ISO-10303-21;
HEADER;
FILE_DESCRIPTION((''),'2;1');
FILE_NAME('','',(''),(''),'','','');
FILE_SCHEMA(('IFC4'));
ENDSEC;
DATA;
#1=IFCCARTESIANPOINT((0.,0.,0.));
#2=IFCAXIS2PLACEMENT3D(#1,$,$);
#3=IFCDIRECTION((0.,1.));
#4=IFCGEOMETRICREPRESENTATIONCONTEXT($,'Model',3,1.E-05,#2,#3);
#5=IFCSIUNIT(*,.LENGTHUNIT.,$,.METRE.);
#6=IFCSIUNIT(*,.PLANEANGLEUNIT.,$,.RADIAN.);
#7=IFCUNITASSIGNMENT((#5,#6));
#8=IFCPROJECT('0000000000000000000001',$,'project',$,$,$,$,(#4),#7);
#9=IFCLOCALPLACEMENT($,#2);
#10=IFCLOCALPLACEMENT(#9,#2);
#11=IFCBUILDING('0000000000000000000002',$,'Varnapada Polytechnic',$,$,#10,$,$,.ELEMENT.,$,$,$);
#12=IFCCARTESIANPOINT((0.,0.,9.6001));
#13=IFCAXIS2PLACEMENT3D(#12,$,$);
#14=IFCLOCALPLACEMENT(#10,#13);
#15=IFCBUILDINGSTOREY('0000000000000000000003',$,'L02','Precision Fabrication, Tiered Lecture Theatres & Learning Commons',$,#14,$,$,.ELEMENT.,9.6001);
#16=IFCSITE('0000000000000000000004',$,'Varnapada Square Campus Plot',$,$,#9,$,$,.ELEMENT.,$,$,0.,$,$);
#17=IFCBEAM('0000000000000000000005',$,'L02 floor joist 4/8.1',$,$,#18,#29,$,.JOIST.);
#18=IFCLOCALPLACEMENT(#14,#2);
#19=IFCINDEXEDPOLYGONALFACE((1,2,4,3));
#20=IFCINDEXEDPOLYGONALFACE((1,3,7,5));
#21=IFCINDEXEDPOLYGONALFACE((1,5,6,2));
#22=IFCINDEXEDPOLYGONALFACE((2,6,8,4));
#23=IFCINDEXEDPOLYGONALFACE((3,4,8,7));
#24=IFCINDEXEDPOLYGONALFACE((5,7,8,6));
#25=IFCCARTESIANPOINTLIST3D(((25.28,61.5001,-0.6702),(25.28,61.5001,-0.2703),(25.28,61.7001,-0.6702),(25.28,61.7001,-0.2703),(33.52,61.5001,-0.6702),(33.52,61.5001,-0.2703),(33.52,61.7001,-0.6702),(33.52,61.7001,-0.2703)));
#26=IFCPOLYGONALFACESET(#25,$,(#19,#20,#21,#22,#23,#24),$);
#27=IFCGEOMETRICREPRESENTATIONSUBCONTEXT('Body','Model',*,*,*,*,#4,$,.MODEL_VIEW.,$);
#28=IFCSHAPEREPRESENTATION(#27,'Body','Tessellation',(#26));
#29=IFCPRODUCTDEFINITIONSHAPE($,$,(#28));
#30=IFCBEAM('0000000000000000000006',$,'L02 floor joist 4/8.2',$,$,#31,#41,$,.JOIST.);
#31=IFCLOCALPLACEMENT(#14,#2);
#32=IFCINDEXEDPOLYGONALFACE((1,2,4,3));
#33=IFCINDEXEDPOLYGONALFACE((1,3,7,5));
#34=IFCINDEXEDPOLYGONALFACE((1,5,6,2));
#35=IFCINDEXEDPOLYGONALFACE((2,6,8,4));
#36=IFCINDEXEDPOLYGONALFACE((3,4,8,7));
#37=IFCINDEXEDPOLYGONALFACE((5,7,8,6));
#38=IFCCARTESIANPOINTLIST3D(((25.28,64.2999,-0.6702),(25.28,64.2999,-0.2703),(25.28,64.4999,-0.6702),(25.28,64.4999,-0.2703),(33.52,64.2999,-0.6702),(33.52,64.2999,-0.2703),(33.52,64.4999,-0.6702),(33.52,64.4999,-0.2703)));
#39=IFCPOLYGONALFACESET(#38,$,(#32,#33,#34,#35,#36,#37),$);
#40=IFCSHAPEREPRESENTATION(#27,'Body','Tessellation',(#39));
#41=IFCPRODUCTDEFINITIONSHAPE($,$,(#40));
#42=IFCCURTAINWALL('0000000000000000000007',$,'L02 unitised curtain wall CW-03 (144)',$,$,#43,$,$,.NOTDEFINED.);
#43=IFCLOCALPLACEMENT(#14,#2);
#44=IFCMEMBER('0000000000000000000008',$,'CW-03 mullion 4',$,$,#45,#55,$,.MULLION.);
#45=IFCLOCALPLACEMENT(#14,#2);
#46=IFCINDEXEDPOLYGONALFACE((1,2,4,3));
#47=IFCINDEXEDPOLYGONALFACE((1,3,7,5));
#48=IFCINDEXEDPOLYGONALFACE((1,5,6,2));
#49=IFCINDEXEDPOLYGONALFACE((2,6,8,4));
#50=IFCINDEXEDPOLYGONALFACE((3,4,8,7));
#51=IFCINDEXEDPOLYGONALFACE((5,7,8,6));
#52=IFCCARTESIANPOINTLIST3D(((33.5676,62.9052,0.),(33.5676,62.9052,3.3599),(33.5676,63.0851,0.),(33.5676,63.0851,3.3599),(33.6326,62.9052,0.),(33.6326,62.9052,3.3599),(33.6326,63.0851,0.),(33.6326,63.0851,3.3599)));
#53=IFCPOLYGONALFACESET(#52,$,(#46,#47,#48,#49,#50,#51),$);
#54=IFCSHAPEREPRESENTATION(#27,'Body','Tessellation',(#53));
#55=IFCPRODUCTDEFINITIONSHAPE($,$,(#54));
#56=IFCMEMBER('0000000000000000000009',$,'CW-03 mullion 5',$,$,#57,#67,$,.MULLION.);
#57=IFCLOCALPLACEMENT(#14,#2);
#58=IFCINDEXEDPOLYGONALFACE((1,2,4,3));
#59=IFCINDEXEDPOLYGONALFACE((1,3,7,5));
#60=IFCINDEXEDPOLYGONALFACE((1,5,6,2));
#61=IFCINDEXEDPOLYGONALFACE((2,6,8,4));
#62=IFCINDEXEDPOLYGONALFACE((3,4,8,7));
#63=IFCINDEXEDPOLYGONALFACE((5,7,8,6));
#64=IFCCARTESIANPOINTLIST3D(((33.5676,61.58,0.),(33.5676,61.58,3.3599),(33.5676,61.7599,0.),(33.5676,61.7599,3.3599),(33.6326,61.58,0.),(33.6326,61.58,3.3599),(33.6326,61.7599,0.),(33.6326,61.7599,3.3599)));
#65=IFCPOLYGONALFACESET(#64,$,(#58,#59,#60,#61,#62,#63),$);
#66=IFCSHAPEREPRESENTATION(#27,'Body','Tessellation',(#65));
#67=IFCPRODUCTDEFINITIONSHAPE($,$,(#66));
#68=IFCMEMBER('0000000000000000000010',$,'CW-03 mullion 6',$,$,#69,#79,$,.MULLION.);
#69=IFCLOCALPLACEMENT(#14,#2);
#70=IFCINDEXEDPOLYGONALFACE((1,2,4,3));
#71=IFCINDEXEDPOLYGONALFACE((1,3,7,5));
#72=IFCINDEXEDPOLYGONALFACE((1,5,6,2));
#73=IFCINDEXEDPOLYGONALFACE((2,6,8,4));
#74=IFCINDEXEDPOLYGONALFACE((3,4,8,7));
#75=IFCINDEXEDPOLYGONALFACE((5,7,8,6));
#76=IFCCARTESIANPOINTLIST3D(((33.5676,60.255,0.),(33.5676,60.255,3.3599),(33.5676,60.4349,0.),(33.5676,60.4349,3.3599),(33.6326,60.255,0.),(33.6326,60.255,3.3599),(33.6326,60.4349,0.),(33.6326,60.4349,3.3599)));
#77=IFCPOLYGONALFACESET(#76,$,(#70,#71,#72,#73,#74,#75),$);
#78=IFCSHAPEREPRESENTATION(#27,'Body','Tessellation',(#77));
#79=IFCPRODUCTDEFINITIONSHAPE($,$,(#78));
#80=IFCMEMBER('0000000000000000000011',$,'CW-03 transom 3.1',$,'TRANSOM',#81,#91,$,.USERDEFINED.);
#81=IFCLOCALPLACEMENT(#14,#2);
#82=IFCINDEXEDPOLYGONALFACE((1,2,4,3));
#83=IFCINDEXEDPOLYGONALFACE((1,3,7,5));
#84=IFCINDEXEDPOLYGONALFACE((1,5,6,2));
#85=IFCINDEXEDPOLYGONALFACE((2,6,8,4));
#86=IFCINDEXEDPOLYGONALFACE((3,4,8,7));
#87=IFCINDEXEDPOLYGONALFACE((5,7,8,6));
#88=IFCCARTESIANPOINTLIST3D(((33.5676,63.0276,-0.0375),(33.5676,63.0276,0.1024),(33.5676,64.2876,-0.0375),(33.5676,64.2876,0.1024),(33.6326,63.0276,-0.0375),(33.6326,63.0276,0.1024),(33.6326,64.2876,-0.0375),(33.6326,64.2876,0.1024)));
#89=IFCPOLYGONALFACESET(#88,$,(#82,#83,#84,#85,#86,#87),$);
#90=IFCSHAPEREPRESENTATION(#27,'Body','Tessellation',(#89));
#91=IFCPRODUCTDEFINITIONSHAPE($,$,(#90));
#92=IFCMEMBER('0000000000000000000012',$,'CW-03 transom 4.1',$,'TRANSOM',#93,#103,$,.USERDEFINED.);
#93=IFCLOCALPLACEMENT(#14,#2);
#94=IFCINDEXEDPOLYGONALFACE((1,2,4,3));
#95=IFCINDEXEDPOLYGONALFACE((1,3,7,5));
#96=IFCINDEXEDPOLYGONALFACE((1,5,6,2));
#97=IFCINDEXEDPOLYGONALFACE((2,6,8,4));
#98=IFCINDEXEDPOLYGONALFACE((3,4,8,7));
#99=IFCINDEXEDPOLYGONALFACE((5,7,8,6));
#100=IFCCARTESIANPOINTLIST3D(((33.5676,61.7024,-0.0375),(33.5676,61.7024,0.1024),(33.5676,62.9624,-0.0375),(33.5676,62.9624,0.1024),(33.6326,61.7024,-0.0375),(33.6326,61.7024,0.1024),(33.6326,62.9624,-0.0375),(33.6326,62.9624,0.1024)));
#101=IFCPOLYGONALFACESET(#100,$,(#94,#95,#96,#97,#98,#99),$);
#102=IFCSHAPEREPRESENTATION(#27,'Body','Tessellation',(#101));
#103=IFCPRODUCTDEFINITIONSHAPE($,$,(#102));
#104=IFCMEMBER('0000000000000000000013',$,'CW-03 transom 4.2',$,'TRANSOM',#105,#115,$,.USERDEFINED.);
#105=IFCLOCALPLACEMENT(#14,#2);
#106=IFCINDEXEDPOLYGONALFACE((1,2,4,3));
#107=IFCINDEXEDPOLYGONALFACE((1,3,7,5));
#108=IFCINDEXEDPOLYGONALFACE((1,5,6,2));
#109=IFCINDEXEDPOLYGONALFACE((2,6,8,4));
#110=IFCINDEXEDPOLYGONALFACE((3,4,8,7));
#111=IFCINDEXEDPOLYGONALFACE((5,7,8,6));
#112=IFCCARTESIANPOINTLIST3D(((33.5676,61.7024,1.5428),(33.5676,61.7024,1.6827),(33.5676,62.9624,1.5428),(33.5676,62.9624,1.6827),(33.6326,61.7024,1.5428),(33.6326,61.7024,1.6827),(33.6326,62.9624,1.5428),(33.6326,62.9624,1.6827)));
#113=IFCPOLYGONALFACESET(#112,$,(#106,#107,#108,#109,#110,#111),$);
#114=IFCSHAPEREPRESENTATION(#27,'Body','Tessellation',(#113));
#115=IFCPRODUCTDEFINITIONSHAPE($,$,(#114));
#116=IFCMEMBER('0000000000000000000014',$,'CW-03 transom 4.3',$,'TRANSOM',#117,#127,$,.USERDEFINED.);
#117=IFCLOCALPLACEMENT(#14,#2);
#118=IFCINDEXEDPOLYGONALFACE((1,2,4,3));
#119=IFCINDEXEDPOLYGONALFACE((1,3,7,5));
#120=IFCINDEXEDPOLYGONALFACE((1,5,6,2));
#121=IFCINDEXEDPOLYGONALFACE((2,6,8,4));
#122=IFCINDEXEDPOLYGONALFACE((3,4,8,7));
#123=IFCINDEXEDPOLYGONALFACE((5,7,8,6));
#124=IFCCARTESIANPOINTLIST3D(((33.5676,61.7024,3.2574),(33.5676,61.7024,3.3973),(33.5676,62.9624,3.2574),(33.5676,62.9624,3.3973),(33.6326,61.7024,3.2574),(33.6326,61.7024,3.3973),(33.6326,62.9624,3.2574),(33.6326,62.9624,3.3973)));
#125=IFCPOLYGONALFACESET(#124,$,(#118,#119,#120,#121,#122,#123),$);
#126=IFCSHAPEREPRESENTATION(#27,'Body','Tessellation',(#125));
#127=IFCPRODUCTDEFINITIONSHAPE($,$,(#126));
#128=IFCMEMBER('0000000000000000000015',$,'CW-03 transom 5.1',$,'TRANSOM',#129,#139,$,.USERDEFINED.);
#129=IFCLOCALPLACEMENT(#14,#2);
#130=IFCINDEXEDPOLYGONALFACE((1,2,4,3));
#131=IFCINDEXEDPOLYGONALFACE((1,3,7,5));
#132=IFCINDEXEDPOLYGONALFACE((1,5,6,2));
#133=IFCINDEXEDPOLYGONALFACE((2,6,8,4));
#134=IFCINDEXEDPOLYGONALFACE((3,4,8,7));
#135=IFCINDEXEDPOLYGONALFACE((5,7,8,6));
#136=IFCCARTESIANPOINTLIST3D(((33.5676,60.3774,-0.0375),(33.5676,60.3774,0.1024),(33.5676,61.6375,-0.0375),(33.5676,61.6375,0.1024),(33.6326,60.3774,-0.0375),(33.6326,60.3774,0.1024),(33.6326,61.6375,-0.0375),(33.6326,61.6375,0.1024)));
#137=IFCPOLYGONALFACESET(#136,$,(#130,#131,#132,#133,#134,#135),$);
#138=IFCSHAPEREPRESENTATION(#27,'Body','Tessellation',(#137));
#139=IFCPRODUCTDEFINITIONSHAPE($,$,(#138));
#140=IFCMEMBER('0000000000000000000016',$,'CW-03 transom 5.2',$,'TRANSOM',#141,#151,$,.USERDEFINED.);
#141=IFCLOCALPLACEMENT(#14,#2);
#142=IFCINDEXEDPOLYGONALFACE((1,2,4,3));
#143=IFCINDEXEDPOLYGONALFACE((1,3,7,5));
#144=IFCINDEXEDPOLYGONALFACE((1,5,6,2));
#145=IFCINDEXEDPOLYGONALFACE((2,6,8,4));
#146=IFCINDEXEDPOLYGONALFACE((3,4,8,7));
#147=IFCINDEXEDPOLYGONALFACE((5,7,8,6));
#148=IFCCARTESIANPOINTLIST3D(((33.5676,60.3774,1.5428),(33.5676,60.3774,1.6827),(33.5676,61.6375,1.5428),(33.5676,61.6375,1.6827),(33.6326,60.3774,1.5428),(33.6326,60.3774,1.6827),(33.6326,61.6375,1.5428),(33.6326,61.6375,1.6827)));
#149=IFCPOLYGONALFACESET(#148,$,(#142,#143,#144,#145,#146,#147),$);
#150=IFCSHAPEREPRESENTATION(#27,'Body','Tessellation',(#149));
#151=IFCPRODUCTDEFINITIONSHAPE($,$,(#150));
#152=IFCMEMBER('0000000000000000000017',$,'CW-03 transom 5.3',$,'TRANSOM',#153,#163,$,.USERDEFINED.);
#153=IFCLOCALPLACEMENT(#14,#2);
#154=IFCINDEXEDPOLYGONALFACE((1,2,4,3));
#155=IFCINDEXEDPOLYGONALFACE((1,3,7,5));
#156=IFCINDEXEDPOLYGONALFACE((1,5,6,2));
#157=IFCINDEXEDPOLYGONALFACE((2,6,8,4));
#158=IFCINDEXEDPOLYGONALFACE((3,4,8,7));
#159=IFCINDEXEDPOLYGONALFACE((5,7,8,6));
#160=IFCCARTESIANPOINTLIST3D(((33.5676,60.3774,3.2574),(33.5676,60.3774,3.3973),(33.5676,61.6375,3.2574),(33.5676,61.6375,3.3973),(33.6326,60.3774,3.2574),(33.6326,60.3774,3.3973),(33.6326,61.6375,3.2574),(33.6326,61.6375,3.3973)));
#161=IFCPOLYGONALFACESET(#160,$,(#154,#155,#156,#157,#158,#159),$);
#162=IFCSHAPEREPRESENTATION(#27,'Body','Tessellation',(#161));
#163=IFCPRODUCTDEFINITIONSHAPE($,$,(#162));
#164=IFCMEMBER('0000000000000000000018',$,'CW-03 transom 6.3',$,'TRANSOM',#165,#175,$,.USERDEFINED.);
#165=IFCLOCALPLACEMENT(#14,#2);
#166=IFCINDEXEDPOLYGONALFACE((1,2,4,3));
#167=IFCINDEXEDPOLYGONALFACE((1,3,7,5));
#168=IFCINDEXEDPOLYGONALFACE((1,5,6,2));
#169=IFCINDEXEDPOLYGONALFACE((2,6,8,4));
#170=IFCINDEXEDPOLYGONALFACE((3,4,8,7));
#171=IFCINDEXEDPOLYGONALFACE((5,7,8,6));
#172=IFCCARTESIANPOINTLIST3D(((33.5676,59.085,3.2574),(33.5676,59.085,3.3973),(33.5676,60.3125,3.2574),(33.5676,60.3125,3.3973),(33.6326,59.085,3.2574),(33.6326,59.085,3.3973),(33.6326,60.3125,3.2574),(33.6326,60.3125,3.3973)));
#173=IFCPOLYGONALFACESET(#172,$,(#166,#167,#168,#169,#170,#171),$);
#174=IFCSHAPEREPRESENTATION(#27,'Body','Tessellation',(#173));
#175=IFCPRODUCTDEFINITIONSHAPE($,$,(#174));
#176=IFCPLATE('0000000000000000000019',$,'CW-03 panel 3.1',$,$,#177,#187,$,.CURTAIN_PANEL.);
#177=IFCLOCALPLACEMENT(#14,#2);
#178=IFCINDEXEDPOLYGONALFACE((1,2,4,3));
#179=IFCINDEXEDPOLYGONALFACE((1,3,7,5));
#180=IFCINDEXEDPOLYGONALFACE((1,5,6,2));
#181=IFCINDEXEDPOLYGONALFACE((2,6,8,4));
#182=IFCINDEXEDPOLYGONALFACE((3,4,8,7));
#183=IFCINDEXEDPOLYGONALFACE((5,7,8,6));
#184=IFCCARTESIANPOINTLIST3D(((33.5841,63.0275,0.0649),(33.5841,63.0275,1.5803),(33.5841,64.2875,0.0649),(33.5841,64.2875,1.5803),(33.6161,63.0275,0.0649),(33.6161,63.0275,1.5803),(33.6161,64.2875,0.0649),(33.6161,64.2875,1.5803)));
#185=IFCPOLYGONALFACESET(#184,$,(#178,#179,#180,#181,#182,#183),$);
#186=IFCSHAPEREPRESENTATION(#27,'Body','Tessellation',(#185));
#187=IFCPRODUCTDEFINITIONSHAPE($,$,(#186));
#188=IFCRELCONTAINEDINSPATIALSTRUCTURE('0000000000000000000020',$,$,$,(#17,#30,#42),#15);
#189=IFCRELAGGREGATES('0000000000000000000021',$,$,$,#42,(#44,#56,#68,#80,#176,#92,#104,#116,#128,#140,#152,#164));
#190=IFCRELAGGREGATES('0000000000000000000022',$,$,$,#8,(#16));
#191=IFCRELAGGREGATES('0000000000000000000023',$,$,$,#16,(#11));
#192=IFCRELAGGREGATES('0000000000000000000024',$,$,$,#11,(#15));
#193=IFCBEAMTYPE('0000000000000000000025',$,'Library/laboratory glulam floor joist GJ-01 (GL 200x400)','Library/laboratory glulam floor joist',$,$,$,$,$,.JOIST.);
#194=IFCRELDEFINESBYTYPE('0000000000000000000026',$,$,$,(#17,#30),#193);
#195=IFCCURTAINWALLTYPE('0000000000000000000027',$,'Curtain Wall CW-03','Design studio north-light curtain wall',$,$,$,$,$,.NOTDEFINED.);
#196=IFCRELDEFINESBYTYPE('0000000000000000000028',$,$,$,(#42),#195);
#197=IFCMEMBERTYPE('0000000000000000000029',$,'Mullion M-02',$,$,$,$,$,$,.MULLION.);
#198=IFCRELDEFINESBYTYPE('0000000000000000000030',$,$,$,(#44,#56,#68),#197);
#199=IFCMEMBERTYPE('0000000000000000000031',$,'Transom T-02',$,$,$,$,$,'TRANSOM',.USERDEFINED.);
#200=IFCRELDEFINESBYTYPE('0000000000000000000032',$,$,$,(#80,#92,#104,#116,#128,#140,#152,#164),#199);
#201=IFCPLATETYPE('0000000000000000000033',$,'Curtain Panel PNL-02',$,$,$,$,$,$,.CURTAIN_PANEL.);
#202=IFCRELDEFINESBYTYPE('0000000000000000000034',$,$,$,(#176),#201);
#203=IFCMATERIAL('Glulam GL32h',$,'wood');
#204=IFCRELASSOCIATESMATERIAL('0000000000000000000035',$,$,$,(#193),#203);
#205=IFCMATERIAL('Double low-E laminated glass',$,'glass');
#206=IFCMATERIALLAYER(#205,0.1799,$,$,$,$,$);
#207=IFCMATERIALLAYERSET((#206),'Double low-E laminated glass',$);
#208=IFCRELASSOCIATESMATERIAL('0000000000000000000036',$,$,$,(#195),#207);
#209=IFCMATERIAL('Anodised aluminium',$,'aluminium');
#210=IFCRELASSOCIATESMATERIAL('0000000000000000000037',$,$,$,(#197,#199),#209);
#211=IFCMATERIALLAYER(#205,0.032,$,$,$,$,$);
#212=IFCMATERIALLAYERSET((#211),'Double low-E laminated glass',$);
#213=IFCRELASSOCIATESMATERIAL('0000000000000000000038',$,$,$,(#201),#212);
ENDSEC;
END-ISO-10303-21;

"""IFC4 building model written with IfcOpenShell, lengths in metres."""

from ifc_helpers import new_model, si_unit, direction, frame, origin, origin_2d, place, context, subcontext, project, spatial, rectangle, extrude, material, layer, layer_set, material_profile, profile_set, type_object, element, aggregate, save


model = new_model("IFC4")

# Units and contexts
model_context = context("Model", 3, precision=1e-05, world=origin(), true_north=direction((0.0, 1.0)))
body_context = subcontext(model_context, "Body", "Model", "MODEL_VIEW")
ifc_project = project(units=[si_unit("LENGTHUNIT", "METRE"), si_unit("PLANEANGLEUNIT", "RADIAN")], contexts=[model_context])

# Site, building, storey
site_placement = place(None, origin())
site = spatial("IfcSite", under=ifc_project, at=site_placement, Name="Varnapada Square Campus Plot", CompositionType="ELEMENT", RefElevation=0.0)
building_placement = place(site_placement, origin())
building = spatial("IfcBuilding", under=site, at=building_placement, Name="Varnapada Polytechnic", CompositionType="ELEMENT")
storey_placement = place(building_placement, frame((0.0, 0.0, 9.6001)))
storey = spatial("IfcBuildingStorey", under=building, at=storey_placement, Name="L02", Description="Precision Fabrication, Tiered Lecture Theatres & Learning Commons", CompositionType="ELEMENT", Elevation=9.6001)

# Beams
ifc_material_1 = material(Name="Glulam GL32h", Category="wood")
ifc_material_profile_1 = material_profile(ifc_material_1, rectangle(XDim=0.2, YDim=0.3999, at=origin_2d()), Name="GL 200x400")
ifc_profile_set_1 = profile_set([ifc_material_profile_1], Name="Glulam GL32h")
beam_type = type_object("IfcBeamType", Name="Library/laboratory glulam floor joist GJ-01 (GL 200x400)", Description="Library/laboratory glulam floor joist", PredefinedType="JOIST", material=ifc_profile_set_1)
for number, where, z_axis, x_axis, name in (
    (1, (25.28, 61.6001, -0.4702), (1.0, 0.0, 0.0), (0.0, 1.0, 0.0), "L02 floor joist 4/8.1"),
    (2, (25.28, 64.3999, -0.4702), (1.0, 0.0, 0.0), (0.0, 1.0, 0.0), "L02 floor joist 4/8.2"),
):
    element("IfcBeam", number, at=place(storey_placement, frame(where, z_axis=z_axis, x_axis=x_axis)), inside=storey, type_object=beam_type, Name=name, PredefinedType="JOIST", context=body_context, shape_type="SweptSolid", body=[
        extrude(rectangle(XDim=0.2, YDim=0.3999, at=origin_2d()), origin(), (0.0, 0.0, 1.0), 8.24),
    ])

# Curtain wall, members, plate
ifc_material_2 = material(Name="Double low-E laminated glass", Category="glass")
ifc_layer_1 = layer(ifc_material_2, 0.1799)
ifc_layer_set_1 = layer_set([ifc_layer_1], Name="Double low-E laminated glass")
curtain_wall_type = type_object("IfcCurtainWallType", Name="Curtain Wall CW-03", Description="Design studio north-light curtain wall", PredefinedType="NOTDEFINED", material=ifc_layer_set_1)
curtain_wall_placement = place(storey_placement, origin())
curtain_wall = element("IfcCurtainWall", 3, at=curtain_wall_placement, inside=storey, type_object=curtain_wall_type, Name="L02 unitised curtain wall CW-03 (144)", PredefinedType="NOTDEFINED")
ifc_material_3 = material(Name="Anodised aluminium", Category="aluminium")
ifc_material_profile_2 = material_profile(ifc_material_3, rectangle(XDim=0.0649, YDim=0.1799, at=origin_2d()), Name="ALU M65x180")
ifc_profile_set_2 = profile_set([ifc_material_profile_2], Name="Anodised aluminium")
member_type_1 = type_object("IfcMemberType", Name="Mullion M-02", PredefinedType="MULLION", material=ifc_profile_set_2)
member_1_placement = place(storey_placement, frame((33.6001, 62.9951, 0.0), z_axis=(0.0, 0.0, 1.0), x_axis=(1.0, 0.0, 0.0)))
member_1 = element("IfcMember", 4, at=member_1_placement, type_object=member_type_1, Name="CW-03 mullion 4", PredefinedType="MULLION", context=body_context, shape_type="SweptSolid", body=[
    extrude(rectangle(XDim=0.0649, YDim=0.1799, at=origin_2d()), origin(), (0.0, 0.0, 1.0), 3.3599),
])
member_2_placement = place(storey_placement, frame((33.6001, 61.6699, 0.0), z_axis=(0.0, 0.0, 1.0), x_axis=(1.0, 0.0, 0.0)))
member_2 = element("IfcMember", 5, at=member_2_placement, type_object=member_type_1, Name="CW-03 mullion 5", PredefinedType="MULLION", context=body_context, shape_type="SweptSolid", body=[
    extrude(rectangle(XDim=0.0649, YDim=0.1799, at=origin_2d()), origin(), (0.0, 0.0, 1.0), 3.3599),
])
member_3_placement = place(storey_placement, frame((33.6001, 60.345, 0.0), z_axis=(0.0, 0.0, 1.0), x_axis=(1.0, 0.0, 0.0)))
member_3 = element("IfcMember", 6, at=member_3_placement, type_object=member_type_1, Name="CW-03 mullion 6", PredefinedType="MULLION", context=body_context, shape_type="SweptSolid", body=[
    extrude(rectangle(XDim=0.0649, YDim=0.1799, at=origin_2d()), origin(), (0.0, 0.0, 1.0), 3.3599),
])
ifc_material_profile_3 = material_profile(ifc_material_3, rectangle(XDim=0.0649, YDim=0.1399, at=origin_2d()), Name="ALU T65x140")
ifc_profile_set_3 = profile_set([ifc_material_profile_3], Name="Anodised aluminium")
member_type_2 = type_object("IfcMemberType", Name="Transom T-02", ElementType="TRANSOM", PredefinedType="USERDEFINED", material=ifc_profile_set_3)
member_4_placement = place(storey_placement, frame((33.6001, 64.2876, 0.0325), z_axis=(0.0, -1.0, 0.0), x_axis=(1.0, 0.0, 0.0)))
member_4 = element("IfcMember", 7, at=member_4_placement, type_object=member_type_2, Name="CW-03 transom 3.1", ObjectType="TRANSOM", PredefinedType="USERDEFINED", context=body_context, shape_type="SweptSolid", body=[
    extrude(rectangle(XDim=0.0649, YDim=0.1399, at=origin_2d()), origin(), (0.0, 0.0, 1.0), 1.26),
])
member_5_placement = place(storey_placement, frame((33.6001, 62.9624, 0.0325), z_axis=(0.0, -1.0, 0.0), x_axis=(1.0, 0.0, 0.0)))
member_5 = element("IfcMember", 8, at=member_5_placement, type_object=member_type_2, Name="CW-03 transom 4.1", ObjectType="TRANSOM", PredefinedType="USERDEFINED", context=body_context, shape_type="SweptSolid", body=[
    extrude(rectangle(XDim=0.0649, YDim=0.1399, at=origin_2d()), origin(), (0.0, 0.0, 1.0), 1.26),
])
member_6_placement = place(storey_placement, frame((33.6001, 62.9624, 1.6128), z_axis=(0.0, -1.0, 0.0), x_axis=(1.0, 0.0, 0.0)))
member_6 = element("IfcMember", 9, at=member_6_placement, type_object=member_type_2, Name="CW-03 transom 4.2", ObjectType="TRANSOM", PredefinedType="USERDEFINED", context=body_context, shape_type="SweptSolid", body=[
    extrude(rectangle(XDim=0.0649, YDim=0.1399, at=origin_2d()), origin(), (0.0, 0.0, 1.0), 1.26),
])
member_7_placement = place(storey_placement, frame((33.6001, 62.9624, 3.3274), z_axis=(0.0, -1.0, 0.0), x_axis=(1.0, 0.0, 0.0)))
member_7 = element("IfcMember", 10, at=member_7_placement, type_object=member_type_2, Name="CW-03 transom 4.3", ObjectType="TRANSOM", PredefinedType="USERDEFINED", context=body_context, shape_type="SweptSolid", body=[
    extrude(rectangle(XDim=0.0649, YDim=0.1399, at=origin_2d()), origin(), (0.0, 0.0, 1.0), 1.26),
])
member_8_placement = place(storey_placement, frame((33.6001, 61.6375, 0.0325), z_axis=(0.0, -1.0, 0.0), x_axis=(1.0, 0.0, 0.0)))
member_8 = element("IfcMember", 11, at=member_8_placement, type_object=member_type_2, Name="CW-03 transom 5.1", ObjectType="TRANSOM", PredefinedType="USERDEFINED", context=body_context, shape_type="SweptSolid", body=[
    extrude(rectangle(XDim=0.0649, YDim=0.1399, at=origin_2d()), origin(), (0.0, 0.0, 1.0), 1.26),
])
member_9_placement = place(storey_placement, frame((33.6001, 61.6375, 1.6128), z_axis=(0.0, -1.0, 0.0), x_axis=(1.0, 0.0, 0.0)))
member_9 = element("IfcMember", 12, at=member_9_placement, type_object=member_type_2, Name="CW-03 transom 5.2", ObjectType="TRANSOM", PredefinedType="USERDEFINED", context=body_context, shape_type="SweptSolid", body=[
    extrude(rectangle(XDim=0.0649, YDim=0.1399, at=origin_2d()), origin(), (0.0, 0.0, 1.0), 1.26),
])
member_10_placement = place(storey_placement, frame((33.6001, 61.6375, 3.3274), z_axis=(0.0, -1.0, 0.0), x_axis=(1.0, 0.0, 0.0)))
member_10 = element("IfcMember", 13, at=member_10_placement, type_object=member_type_2, Name="CW-03 transom 5.3", ObjectType="TRANSOM", PredefinedType="USERDEFINED", context=body_context, shape_type="SweptSolid", body=[
    extrude(rectangle(XDim=0.0649, YDim=0.1399, at=origin_2d()), origin(), (0.0, 0.0, 1.0), 1.26),
])
member_11_placement = place(storey_placement, frame((33.6001, 60.3125, 3.3274), z_axis=(0.0, -1.0, 0.0), x_axis=(1.0, 0.0, 0.0)))
member_11 = element("IfcMember", 14, at=member_11_placement, type_object=member_type_2, Name="CW-03 transom 6.3", ObjectType="TRANSOM", PredefinedType="USERDEFINED", context=body_context, shape_type="SweptSolid", body=[
    extrude(rectangle(XDim=0.0649, YDim=0.1399, at=origin_2d()), origin(), (0.0, 0.0, 1.0), 1.2275),
])
ifc_layer_2 = layer(ifc_material_2, 0.032)
ifc_layer_set_2 = layer_set([ifc_layer_2], Name="Double low-E laminated glass")
plate_type = type_object("IfcPlateType", Name="Curtain Panel PNL-02", PredefinedType="CURTAIN_PANEL", material=ifc_layer_set_2)
plate_1_placement = place(storey_placement, frame((33.6001, 63.6575, 0.0649), z_axis=(0.0, 0.0, 1.0), x_axis=(0.0, -1.0, 0.0)))
plate_1 = element("IfcPlate", 15, at=plate_1_placement, type_object=plate_type, Name="CW-03 panel 3.1", PredefinedType="CURTAIN_PANEL", context=body_context, shape_type="SweptSolid", body=[
    extrude(rectangle(XDim=1.26, YDim=0.032, at=origin_2d()), origin(), (0.0, 0.0, 1.0), 1.5154),
])
aggregate(curtain_wall, [member_1, member_2, member_3, member_4, plate_1, member_5, member_6, member_7, member_8, member_9, member_10, member_11])

save(model, "model.ifc")
